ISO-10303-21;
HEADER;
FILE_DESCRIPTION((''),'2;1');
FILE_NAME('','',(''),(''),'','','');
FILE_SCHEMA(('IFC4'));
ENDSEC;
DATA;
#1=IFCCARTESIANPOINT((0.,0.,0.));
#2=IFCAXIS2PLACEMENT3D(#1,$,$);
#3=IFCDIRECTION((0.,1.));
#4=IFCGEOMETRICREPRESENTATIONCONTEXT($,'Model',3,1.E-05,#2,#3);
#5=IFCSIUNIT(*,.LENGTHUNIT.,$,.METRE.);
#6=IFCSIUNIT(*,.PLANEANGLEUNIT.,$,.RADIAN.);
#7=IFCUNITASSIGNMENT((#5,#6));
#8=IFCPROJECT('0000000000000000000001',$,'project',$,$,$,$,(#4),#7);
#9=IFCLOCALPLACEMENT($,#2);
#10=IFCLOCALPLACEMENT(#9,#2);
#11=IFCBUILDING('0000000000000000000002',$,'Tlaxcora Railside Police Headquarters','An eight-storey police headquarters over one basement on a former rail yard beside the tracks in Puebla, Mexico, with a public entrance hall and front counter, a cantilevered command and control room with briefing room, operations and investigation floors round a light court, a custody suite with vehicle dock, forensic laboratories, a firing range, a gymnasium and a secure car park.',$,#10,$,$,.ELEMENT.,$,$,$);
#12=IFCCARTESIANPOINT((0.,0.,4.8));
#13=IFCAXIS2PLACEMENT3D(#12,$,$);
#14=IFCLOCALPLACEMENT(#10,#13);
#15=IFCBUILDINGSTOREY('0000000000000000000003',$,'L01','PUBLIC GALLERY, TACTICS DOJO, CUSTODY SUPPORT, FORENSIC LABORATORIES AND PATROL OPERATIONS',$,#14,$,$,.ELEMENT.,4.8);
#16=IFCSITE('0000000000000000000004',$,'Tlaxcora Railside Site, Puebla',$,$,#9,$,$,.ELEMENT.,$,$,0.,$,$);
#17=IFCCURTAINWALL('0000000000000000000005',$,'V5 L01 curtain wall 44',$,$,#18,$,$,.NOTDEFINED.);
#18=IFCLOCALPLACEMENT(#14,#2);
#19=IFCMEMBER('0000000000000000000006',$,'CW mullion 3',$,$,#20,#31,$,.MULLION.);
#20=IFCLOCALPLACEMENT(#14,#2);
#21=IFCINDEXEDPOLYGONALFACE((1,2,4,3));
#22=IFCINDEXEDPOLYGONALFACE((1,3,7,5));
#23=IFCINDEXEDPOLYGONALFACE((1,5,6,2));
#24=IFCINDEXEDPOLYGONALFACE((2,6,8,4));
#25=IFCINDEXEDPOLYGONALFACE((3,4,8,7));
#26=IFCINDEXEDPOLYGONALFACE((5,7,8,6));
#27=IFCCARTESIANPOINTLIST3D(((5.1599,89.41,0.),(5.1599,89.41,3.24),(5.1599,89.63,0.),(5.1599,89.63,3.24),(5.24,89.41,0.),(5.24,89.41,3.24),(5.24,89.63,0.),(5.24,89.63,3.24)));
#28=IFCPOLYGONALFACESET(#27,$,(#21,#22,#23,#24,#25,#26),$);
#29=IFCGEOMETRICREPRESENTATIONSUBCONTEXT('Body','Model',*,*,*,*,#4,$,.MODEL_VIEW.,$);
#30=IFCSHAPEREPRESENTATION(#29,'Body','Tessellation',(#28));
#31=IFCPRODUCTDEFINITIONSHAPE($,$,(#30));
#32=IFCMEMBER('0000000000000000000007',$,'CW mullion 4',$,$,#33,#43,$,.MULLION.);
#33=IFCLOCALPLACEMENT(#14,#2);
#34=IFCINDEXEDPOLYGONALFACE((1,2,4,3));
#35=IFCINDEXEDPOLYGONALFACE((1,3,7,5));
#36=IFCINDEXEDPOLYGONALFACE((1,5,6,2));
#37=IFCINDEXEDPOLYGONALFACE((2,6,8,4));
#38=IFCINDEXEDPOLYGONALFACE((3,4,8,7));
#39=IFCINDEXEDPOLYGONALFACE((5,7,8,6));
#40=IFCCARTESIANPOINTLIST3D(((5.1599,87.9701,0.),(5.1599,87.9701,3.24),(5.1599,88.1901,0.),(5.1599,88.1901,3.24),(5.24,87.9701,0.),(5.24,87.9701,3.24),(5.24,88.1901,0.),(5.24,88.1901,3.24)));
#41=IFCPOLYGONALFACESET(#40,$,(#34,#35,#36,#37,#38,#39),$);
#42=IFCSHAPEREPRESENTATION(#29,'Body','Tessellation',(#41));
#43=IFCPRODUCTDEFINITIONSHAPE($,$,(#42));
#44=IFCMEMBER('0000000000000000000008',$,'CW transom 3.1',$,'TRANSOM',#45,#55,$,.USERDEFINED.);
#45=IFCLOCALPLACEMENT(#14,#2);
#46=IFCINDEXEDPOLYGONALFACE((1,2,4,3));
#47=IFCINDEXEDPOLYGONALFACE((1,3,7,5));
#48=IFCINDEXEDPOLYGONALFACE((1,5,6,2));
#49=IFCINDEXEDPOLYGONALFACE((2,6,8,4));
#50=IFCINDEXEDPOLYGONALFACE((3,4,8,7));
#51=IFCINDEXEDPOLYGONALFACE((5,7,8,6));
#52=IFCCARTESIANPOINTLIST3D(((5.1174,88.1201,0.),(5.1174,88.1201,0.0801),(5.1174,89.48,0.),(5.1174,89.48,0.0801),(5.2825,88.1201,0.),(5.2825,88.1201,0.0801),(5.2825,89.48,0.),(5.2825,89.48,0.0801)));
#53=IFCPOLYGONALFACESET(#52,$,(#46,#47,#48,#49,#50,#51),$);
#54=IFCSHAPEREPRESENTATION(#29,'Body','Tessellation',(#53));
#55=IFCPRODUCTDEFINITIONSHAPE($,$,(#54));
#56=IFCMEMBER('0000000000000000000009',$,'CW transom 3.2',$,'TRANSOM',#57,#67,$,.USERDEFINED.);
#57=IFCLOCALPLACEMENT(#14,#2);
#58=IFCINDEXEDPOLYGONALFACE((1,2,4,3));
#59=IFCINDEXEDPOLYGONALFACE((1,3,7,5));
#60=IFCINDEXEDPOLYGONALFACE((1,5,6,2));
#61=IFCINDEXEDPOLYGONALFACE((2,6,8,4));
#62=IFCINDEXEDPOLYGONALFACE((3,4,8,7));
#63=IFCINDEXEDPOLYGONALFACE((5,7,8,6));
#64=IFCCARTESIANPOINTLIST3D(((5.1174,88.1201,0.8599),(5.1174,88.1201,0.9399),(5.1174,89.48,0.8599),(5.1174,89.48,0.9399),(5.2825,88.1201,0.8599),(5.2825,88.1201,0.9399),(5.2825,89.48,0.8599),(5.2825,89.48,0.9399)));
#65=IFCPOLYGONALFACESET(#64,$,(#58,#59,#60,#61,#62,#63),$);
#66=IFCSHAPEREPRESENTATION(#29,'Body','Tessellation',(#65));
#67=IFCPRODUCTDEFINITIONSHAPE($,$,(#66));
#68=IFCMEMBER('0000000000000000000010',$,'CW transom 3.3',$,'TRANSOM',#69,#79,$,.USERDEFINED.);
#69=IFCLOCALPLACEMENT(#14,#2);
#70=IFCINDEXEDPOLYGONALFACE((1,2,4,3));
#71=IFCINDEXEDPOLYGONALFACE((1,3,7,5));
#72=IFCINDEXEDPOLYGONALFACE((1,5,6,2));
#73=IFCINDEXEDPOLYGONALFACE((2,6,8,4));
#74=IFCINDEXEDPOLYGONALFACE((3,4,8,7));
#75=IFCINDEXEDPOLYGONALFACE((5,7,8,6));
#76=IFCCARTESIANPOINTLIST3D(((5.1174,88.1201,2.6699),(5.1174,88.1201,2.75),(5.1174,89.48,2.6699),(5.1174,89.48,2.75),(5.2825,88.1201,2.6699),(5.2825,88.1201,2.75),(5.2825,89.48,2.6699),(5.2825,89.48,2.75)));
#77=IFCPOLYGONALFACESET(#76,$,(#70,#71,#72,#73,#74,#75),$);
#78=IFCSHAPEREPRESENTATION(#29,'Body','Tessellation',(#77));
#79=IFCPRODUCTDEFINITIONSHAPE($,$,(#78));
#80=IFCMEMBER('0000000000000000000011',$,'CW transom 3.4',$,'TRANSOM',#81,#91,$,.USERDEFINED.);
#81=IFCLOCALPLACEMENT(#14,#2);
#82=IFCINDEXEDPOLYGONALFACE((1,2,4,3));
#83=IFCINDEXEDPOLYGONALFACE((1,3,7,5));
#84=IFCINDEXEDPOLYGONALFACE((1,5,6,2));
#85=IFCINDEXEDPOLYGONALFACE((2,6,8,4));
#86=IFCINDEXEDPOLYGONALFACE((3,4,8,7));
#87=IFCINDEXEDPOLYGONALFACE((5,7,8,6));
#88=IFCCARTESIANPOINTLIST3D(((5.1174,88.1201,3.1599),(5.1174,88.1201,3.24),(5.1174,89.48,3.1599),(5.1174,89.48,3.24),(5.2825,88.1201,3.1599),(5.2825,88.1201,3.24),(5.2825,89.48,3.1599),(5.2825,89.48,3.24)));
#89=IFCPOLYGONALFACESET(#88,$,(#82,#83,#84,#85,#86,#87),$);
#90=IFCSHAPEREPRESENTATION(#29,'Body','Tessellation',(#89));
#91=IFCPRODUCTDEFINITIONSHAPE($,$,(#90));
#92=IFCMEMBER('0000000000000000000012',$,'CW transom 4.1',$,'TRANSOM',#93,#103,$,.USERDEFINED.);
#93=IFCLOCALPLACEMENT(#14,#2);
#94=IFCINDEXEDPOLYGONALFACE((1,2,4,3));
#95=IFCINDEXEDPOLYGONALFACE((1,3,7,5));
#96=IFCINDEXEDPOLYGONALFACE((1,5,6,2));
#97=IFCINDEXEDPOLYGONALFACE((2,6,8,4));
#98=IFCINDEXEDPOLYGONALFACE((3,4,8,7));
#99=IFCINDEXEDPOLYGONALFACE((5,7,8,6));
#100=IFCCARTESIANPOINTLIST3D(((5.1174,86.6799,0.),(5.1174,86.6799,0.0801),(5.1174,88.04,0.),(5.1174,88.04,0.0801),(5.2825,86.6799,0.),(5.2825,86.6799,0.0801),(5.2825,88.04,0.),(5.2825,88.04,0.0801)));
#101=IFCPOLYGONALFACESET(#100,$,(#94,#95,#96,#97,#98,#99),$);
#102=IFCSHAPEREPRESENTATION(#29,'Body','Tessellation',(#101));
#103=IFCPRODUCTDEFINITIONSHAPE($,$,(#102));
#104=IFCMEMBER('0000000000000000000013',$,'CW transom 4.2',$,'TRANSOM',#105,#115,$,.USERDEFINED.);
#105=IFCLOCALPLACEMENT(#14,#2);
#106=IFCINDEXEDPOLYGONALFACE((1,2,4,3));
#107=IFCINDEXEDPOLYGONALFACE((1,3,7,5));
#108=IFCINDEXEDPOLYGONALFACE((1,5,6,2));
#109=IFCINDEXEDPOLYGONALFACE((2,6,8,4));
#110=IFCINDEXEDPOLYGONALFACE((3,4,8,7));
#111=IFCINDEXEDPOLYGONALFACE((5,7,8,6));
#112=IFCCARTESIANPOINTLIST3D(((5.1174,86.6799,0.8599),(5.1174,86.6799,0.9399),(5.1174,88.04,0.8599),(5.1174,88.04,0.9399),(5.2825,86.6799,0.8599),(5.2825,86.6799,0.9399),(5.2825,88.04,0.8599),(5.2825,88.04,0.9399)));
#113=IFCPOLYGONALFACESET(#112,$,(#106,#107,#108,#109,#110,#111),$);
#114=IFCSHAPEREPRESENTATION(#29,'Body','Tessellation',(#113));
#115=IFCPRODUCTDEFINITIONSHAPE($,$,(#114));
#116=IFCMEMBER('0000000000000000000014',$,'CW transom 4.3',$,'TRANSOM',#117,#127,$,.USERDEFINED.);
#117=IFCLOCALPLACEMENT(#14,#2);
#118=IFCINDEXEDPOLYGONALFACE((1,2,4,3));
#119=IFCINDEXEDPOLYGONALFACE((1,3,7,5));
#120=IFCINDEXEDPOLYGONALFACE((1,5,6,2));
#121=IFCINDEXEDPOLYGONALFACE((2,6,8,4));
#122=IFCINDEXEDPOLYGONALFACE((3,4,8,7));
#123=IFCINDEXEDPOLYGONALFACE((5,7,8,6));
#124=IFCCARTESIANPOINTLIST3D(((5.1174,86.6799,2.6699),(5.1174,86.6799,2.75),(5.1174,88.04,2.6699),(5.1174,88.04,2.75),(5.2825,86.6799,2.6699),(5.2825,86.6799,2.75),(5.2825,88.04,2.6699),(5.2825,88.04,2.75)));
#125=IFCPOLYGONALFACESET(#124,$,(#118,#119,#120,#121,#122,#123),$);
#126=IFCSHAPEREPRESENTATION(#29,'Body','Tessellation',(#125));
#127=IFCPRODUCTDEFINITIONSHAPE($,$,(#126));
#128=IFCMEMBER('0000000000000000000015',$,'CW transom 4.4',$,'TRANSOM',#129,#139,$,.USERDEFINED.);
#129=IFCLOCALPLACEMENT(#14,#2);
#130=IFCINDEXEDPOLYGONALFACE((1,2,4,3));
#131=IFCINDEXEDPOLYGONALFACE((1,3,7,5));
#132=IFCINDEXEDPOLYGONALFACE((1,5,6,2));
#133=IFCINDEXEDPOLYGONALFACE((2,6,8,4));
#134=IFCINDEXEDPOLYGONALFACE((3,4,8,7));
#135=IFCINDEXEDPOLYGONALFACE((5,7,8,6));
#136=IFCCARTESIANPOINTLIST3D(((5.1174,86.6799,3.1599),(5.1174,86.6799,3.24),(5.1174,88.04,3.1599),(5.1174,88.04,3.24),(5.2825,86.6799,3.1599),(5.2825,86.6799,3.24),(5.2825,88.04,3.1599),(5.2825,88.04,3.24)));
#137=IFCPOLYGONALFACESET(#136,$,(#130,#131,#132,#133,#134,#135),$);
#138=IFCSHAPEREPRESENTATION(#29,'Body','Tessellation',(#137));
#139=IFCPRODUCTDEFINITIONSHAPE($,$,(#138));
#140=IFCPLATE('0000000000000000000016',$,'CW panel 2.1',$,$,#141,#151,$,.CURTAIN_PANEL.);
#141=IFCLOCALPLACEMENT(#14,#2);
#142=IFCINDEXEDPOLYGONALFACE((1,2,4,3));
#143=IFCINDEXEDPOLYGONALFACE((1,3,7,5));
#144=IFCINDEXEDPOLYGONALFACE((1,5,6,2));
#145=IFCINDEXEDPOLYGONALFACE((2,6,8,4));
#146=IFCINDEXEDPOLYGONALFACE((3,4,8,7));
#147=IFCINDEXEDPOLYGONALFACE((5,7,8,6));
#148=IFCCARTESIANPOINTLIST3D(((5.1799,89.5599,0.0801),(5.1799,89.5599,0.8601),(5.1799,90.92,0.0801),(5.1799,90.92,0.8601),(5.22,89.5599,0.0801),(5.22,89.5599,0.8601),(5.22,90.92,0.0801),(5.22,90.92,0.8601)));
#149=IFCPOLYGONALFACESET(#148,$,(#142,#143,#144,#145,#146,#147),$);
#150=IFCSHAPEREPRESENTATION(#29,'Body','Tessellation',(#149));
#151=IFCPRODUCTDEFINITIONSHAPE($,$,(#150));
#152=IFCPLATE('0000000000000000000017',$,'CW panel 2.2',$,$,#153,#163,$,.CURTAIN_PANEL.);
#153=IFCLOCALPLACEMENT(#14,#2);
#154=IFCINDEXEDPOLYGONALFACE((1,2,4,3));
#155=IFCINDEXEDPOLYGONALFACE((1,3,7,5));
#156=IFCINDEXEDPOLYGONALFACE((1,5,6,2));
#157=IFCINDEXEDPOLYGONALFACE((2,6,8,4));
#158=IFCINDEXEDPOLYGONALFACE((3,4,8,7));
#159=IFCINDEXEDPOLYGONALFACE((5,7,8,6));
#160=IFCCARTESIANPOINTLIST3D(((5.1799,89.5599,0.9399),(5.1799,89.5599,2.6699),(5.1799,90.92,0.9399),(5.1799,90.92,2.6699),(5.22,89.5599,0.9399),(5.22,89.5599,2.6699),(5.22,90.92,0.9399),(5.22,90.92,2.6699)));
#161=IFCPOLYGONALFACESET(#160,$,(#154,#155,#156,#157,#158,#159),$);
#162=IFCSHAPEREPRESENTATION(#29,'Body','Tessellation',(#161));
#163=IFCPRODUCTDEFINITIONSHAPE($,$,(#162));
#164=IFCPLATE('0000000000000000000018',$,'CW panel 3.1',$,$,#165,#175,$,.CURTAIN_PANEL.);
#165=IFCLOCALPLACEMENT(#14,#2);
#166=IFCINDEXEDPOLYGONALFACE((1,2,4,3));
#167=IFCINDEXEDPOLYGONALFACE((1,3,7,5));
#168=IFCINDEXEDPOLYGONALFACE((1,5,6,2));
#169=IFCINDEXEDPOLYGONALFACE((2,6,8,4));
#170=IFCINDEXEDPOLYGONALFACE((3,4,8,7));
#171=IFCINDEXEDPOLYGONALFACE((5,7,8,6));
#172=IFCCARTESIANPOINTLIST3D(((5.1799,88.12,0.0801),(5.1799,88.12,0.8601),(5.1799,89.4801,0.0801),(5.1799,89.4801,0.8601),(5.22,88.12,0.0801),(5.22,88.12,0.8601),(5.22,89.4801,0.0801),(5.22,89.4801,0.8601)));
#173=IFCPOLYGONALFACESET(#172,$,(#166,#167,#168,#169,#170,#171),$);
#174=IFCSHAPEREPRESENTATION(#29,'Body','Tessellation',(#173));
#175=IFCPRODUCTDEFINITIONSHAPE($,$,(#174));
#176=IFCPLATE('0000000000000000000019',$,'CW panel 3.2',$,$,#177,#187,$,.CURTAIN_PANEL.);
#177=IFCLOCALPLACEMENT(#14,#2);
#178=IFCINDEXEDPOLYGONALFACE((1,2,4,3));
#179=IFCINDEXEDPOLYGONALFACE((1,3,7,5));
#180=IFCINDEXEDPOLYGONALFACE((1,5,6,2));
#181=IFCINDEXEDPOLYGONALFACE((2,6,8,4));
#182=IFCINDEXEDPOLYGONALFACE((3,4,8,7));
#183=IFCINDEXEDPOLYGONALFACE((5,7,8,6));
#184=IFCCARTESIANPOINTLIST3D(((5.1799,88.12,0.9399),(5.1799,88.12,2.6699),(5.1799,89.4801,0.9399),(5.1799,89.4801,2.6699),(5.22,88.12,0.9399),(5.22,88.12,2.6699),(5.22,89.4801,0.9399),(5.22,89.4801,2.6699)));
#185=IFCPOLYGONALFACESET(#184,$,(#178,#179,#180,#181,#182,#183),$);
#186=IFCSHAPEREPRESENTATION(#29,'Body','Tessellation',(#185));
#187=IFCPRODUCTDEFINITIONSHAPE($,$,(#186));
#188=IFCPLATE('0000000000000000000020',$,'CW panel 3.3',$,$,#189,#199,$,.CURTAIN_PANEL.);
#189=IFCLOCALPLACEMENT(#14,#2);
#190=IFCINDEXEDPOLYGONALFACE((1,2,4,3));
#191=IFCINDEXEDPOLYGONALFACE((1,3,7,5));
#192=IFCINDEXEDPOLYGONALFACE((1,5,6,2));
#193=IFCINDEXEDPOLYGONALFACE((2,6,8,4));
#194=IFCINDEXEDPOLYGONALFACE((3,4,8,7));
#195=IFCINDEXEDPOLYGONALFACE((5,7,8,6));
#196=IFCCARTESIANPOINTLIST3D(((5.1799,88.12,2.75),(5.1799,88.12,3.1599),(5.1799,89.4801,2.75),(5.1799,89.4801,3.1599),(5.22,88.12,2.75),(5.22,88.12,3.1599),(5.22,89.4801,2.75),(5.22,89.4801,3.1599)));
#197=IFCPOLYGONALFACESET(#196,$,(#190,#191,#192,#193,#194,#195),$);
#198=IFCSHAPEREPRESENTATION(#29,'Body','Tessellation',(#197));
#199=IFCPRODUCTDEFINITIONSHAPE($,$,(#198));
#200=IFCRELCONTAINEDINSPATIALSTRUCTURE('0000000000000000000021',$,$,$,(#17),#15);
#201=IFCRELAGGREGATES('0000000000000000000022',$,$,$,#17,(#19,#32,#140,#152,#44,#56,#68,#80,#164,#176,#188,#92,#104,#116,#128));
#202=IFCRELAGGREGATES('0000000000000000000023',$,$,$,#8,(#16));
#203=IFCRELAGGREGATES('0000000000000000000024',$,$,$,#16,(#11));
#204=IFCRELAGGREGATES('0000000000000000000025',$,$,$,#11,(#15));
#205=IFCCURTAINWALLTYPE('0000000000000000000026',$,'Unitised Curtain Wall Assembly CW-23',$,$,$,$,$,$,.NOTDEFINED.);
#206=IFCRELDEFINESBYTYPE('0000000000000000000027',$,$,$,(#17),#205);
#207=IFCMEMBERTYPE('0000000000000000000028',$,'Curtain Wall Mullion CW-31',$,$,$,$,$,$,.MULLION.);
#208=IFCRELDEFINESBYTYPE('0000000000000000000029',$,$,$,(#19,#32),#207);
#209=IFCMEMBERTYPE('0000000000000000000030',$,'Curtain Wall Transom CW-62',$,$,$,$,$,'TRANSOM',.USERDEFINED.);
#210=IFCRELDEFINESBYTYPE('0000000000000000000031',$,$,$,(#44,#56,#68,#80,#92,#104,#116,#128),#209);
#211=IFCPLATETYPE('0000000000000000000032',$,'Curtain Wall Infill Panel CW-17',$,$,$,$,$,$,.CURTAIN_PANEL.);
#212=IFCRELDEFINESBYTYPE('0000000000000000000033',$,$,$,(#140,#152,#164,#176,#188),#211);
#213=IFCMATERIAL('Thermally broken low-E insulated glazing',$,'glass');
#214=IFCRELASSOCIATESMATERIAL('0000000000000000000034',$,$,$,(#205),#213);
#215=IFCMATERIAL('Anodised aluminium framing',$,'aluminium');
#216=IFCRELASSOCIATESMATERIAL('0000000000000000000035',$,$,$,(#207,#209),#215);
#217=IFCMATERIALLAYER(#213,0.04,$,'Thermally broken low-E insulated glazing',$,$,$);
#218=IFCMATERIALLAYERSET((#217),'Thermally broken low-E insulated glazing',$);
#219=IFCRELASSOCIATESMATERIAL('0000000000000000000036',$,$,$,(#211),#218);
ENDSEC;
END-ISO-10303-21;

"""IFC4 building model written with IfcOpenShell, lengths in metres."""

from ifc_helpers import new_model, si_unit, direction, frame, origin, origin_2d, place, context, subcontext, project, spatial, rectangle, extrude, material, layer, layer_set, material_profile, profile_set, type_object, element, aggregate, save


model = new_model("IFC4")

# Units and contexts
model_context = context("Model", 3, precision=1e-05, world=origin(), true_north=direction((0.0, 1.0)))
body_context = subcontext(model_context, "Body", "Model", "MODEL_VIEW")
ifc_project = project(units=[si_unit("LENGTHUNIT", "METRE"), si_unit("PLANEANGLEUNIT", "RADIAN")], contexts=[model_context])

# Site, building, storey
site_placement = place(None, origin())
site = spatial("IfcSite", under=ifc_project, at=site_placement, Name="Tlaxcora Railside Site, Puebla", CompositionType="ELEMENT", RefElevation=0.0)
building_placement = place(site_placement, origin())
building = spatial("IfcBuilding", under=site, at=building_placement, Name="Tlaxcora Railside Police Headquarters", Description="An eight-storey police headquarters over one basement on a former rail yard beside the tracks in Puebla, Mexico, with a public entrance hall and front counter, a cantilevered command and control room with briefing room, operations and investigation floors round a light court, a custody suite with vehicle dock, forensic laboratories, a firing range, a gymnasium and a secure car park.", CompositionType="ELEMENT")
storey_placement = place(building_placement, frame((0.0, 0.0, 4.8)))
storey = spatial("IfcBuildingStorey", under=building, at=storey_placement, Name="L01", Description="PUBLIC GALLERY, TACTICS DOJO, CUSTODY SUPPORT, FORENSIC LABORATORIES AND PATROL OPERATIONS", CompositionType="ELEMENT", Elevation=4.8)

# Curtain wall, members, plates
ifc_material_1 = material(Name="Thermally broken low-E insulated glazing", Category="glass")
curtain_wall_type = type_object("IfcCurtainWallType", Name="Unitised Curtain Wall Assembly CW-23", PredefinedType="NOTDEFINED", material=ifc_material_1)
curtain_wall_placement = place(storey_placement, origin())
curtain_wall = element("IfcCurtainWall", 1, at=curtain_wall_placement, inside=storey, type_object=curtain_wall_type, Name="V5 L01 curtain wall 44", PredefinedType="NOTDEFINED")
ifc_material_2 = material(Name="Anodised aluminium framing", Category="aluminium")
ifc_material_profile_1 = material_profile(ifc_material_2, rectangle(XDim=0.0801, YDim=0.22, at=origin_2d()), Name="AL80X220")
ifc_profile_set_1 = profile_set([ifc_material_profile_1], Name="Anodised aluminium framing")
member_type_1 = type_object("IfcMemberType", Name="Curtain Wall Mullion CW-31", PredefinedType="MULLION", material=ifc_profile_set_1)
member_1_placement = place(storey_placement, frame((5.2, 89.52, 0.0), z_axis=(0.0, 0.0, 1.0), x_axis=(1.0, 0.0, 0.0)))
member_1 = element("IfcMember", 2, at=member_1_placement, type_object=member_type_1, Name="CW mullion 3", PredefinedType="MULLION", context=body_context, shape_type="SweptSolid", body=[
    extrude(rectangle(XDim=0.0801, YDim=0.22, at=origin_2d()), origin(), (0.0, 0.0, 1.0), 3.24),
])
member_2_placement = place(storey_placement, frame((5.2, 88.0801, 0.0), z_axis=(0.0, 0.0, 1.0), x_axis=(1.0, 0.0, 0.0)))
member_2 = element("IfcMember", 3, at=member_2_placement, type_object=member_type_1, Name="CW mullion 4", PredefinedType="MULLION", context=body_context, shape_type="SweptSolid", body=[
    extrude(rectangle(XDim=0.0801, YDim=0.22, at=origin_2d()), origin(), (0.0, 0.0, 1.0), 3.24),
])
ifc_material_profile_2 = material_profile(ifc_material_2, rectangle(XDim=0.165, YDim=0.0801, at=origin_2d()), Name="AL80X165")
ifc_profile_set_2 = profile_set([ifc_material_profile_2], Name="Anodised aluminium framing")
member_type_2 = type_object("IfcMemberType", Name="Curtain Wall Transom CW-62", ElementType="TRANSOM", PredefinedType="USERDEFINED", material=ifc_profile_set_2)
member_3_placement = place(storey_placement, frame((5.2, 89.48, 0.04), z_axis=(0.0, -1.0, 0.0), x_axis=(1.0, 0.0, 0.0)))
member_3 = element("IfcMember", 4, at=member_3_placement, type_object=member_type_2, Name="CW transom 3.1", ObjectType="TRANSOM", PredefinedType="USERDEFINED", context=body_context, shape_type="SweptSolid", body=[
    extrude(rectangle(XDim=0.165, YDim=0.0801, at=origin_2d()), origin(), (0.0, 0.0, 1.0), 1.3599),
])
member_4_placement = place(storey_placement, frame((5.2, 89.48, 0.8999), z_axis=(0.0, -1.0, 0.0), x_axis=(1.0, 0.0, 0.0)))
member_4 = element("IfcMember", 5, at=member_4_placement, type_object=member_type_2, Name="CW transom 3.2", ObjectType="TRANSOM", PredefinedType="USERDEFINED", context=body_context, shape_type="SweptSolid", body=[
    extrude(rectangle(XDim=0.165, YDim=0.0801, at=origin_2d()), origin(), (0.0, 0.0, 1.0), 1.3599),
])
member_5_placement = place(storey_placement, frame((5.2, 89.48, 2.71), z_axis=(0.0, -1.0, 0.0), x_axis=(1.0, 0.0, 0.0)))
member_5 = element("IfcMember", 6, at=member_5_placement, type_object=member_type_2, Name="CW transom 3.3", ObjectType="TRANSOM", PredefinedType="USERDEFINED", context=body_context, shape_type="SweptSolid", body=[
    extrude(rectangle(XDim=0.165, YDim=0.0801, at=origin_2d()), origin(), (0.0, 0.0, 1.0), 1.3599),
])
member_6_placement = place(storey_placement, frame((5.2, 89.48, 3.2), z_axis=(0.0, -1.0, 0.0), x_axis=(1.0, 0.0, 0.0)))
member_6 = element("IfcMember", 7, at=member_6_placement, type_object=member_type_2, Name="CW transom 3.4", ObjectType="TRANSOM", PredefinedType="USERDEFINED", context=body_context, shape_type="SweptSolid", body=[
    extrude(rectangle(XDim=0.165, YDim=0.0801, at=origin_2d()), origin(), (0.0, 0.0, 1.0), 1.3599),
])
member_7_placement = place(storey_placement, frame((5.2, 88.04, 0.04), z_axis=(0.0, -1.0, 0.0), x_axis=(1.0, 0.0, 0.0)))
member_7 = element("IfcMember", 8, at=member_7_placement, type_object=member_type_2, Name="CW transom 4.1", ObjectType="TRANSOM", PredefinedType="USERDEFINED", context=body_context, shape_type="SweptSolid", body=[
    extrude(rectangle(XDim=0.165, YDim=0.0801, at=origin_2d()), origin(), (0.0, 0.0, 1.0), 1.3601),
])
member_8_placement = place(storey_placement, frame((5.2, 88.04, 0.8999), z_axis=(0.0, -1.0, 0.0), x_axis=(1.0, 0.0, 0.0)))
member_8 = element("IfcMember", 9, at=member_8_placement, type_object=member_type_2, Name="CW transom 4.2", ObjectType="TRANSOM", PredefinedType="USERDEFINED", context=body_context, shape_type="SweptSolid", body=[
    extrude(rectangle(XDim=0.165, YDim=0.0801, at=origin_2d()), origin(), (0.0, 0.0, 1.0), 1.3601),
])
member_9_placement = place(storey_placement, frame((5.2, 88.04, 2.71), z_axis=(0.0, -1.0, 0.0), x_axis=(1.0, 0.0, 0.0)))
member_9 = element("IfcMember", 10, at=member_9_placement, type_object=member_type_2, Name="CW transom 4.3", ObjectType="TRANSOM", PredefinedType="USERDEFINED", context=body_context, shape_type="SweptSolid", body=[
    extrude(rectangle(XDim=0.165, YDim=0.0801, at=origin_2d()), origin(), (0.0, 0.0, 1.0), 1.3601),
])
member_10_placement = place(storey_placement, frame((5.2, 88.04, 3.2), z_axis=(0.0, -1.0, 0.0), x_axis=(1.0, 0.0, 0.0)))
member_10 = element("IfcMember", 11, at=member_10_placement, type_object=member_type_2, Name="CW transom 4.4", ObjectType="TRANSOM", PredefinedType="USERDEFINED", context=body_context, shape_type="SweptSolid", body=[
    extrude(rectangle(XDim=0.165, YDim=0.0801, at=origin_2d()), origin(), (0.0, 0.0, 1.0), 1.3601),
])
ifc_layer_1 = layer(ifc_material_1, 0.04, Name="Thermally broken low-E insulated glazing")
ifc_layer_set_1 = layer_set([ifc_layer_1], Name="Thermally broken low-E insulated glazing")
plate_type = type_object("IfcPlateType", Name="Curtain Wall Infill Panel CW-17", PredefinedType="CURTAIN_PANEL", material=ifc_layer_set_1)
plate_1_placement = place(storey_placement, frame((5.2, 90.24, 0.0801), z_axis=(0.0, 0.0, 1.0), x_axis=(0.0, -1.0, 0.0)))
plate_1 = element("IfcPlate", 12, at=plate_1_placement, type_object=plate_type, Name="CW panel 2.1", PredefinedType="CURTAIN_PANEL", context=body_context, shape_type="SweptSolid", body=[
    extrude(rectangle(XDim=1.3601, YDim=0.04, at=origin_2d()), origin(), (0.0, 0.0, 1.0), 0.78),
])
plate_2_placement = place(storey_placement, frame((5.2, 90.24, 0.9399), z_axis=(0.0, 0.0, 1.0), x_axis=(0.0, -1.0, 0.0)))
plate_2 = element("IfcPlate", 13, at=plate_2_placement, type_object=plate_type, Name="CW panel 2.2", PredefinedType="CURTAIN_PANEL", context=body_context, shape_type="SweptSolid", body=[
    extrude(rectangle(XDim=1.3601, YDim=0.04, at=origin_2d()), origin(), (0.0, 0.0, 1.0), 1.73),
])
plate_3_placement = place(storey_placement, frame((5.2, 88.8, 0.0801), z_axis=(0.0, 0.0, 1.0), x_axis=(0.0, -1.0, 0.0)))
plate_3 = element("IfcPlate", 14, at=plate_3_placement, type_object=plate_type, Name="CW panel 3.1", PredefinedType="CURTAIN_PANEL", context=body_context, shape_type="SweptSolid", body=[
    extrude(rectangle(XDim=1.3601, YDim=0.04, at=origin_2d()), origin(), (0.0, 0.0, 1.0), 0.78),
])
plate_4_placement = place(storey_placement, frame((5.2, 88.8, 0.9399), z_axis=(0.0, 0.0, 1.0), x_axis=(0.0, -1.0, 0.0)))
plate_4 = element("IfcPlate", 15, at=plate_4_placement, type_object=plate_type, Name="CW panel 3.2", PredefinedType="CURTAIN_PANEL", context=body_context, shape_type="SweptSolid", body=[
    extrude(rectangle(XDim=1.3601, YDim=0.04, at=origin_2d()), origin(), (0.0, 0.0, 1.0), 1.73),
])
plate_5_placement = place(storey_placement, frame((5.2, 88.8, 2.75), z_axis=(0.0, 0.0, 1.0), x_axis=(0.0, -1.0, 0.0)))
plate_5 = element("IfcPlate", 16, at=plate_5_placement, type_object=plate_type, Name="CW panel 3.3", PredefinedType="CURTAIN_PANEL", context=body_context, shape_type="SweptSolid", body=[
    extrude(rectangle(XDim=1.3601, YDim=0.04, at=origin_2d()), origin(), (0.0, 0.0, 1.0), 0.4099),
])
aggregate(curtain_wall, [member_1, member_2, plate_1, plate_2, member_3, member_4, member_5, member_6, plate_3, plate_4, plate_5, member_7, member_8, member_9, member_10])

save(model, "model.ifc")
